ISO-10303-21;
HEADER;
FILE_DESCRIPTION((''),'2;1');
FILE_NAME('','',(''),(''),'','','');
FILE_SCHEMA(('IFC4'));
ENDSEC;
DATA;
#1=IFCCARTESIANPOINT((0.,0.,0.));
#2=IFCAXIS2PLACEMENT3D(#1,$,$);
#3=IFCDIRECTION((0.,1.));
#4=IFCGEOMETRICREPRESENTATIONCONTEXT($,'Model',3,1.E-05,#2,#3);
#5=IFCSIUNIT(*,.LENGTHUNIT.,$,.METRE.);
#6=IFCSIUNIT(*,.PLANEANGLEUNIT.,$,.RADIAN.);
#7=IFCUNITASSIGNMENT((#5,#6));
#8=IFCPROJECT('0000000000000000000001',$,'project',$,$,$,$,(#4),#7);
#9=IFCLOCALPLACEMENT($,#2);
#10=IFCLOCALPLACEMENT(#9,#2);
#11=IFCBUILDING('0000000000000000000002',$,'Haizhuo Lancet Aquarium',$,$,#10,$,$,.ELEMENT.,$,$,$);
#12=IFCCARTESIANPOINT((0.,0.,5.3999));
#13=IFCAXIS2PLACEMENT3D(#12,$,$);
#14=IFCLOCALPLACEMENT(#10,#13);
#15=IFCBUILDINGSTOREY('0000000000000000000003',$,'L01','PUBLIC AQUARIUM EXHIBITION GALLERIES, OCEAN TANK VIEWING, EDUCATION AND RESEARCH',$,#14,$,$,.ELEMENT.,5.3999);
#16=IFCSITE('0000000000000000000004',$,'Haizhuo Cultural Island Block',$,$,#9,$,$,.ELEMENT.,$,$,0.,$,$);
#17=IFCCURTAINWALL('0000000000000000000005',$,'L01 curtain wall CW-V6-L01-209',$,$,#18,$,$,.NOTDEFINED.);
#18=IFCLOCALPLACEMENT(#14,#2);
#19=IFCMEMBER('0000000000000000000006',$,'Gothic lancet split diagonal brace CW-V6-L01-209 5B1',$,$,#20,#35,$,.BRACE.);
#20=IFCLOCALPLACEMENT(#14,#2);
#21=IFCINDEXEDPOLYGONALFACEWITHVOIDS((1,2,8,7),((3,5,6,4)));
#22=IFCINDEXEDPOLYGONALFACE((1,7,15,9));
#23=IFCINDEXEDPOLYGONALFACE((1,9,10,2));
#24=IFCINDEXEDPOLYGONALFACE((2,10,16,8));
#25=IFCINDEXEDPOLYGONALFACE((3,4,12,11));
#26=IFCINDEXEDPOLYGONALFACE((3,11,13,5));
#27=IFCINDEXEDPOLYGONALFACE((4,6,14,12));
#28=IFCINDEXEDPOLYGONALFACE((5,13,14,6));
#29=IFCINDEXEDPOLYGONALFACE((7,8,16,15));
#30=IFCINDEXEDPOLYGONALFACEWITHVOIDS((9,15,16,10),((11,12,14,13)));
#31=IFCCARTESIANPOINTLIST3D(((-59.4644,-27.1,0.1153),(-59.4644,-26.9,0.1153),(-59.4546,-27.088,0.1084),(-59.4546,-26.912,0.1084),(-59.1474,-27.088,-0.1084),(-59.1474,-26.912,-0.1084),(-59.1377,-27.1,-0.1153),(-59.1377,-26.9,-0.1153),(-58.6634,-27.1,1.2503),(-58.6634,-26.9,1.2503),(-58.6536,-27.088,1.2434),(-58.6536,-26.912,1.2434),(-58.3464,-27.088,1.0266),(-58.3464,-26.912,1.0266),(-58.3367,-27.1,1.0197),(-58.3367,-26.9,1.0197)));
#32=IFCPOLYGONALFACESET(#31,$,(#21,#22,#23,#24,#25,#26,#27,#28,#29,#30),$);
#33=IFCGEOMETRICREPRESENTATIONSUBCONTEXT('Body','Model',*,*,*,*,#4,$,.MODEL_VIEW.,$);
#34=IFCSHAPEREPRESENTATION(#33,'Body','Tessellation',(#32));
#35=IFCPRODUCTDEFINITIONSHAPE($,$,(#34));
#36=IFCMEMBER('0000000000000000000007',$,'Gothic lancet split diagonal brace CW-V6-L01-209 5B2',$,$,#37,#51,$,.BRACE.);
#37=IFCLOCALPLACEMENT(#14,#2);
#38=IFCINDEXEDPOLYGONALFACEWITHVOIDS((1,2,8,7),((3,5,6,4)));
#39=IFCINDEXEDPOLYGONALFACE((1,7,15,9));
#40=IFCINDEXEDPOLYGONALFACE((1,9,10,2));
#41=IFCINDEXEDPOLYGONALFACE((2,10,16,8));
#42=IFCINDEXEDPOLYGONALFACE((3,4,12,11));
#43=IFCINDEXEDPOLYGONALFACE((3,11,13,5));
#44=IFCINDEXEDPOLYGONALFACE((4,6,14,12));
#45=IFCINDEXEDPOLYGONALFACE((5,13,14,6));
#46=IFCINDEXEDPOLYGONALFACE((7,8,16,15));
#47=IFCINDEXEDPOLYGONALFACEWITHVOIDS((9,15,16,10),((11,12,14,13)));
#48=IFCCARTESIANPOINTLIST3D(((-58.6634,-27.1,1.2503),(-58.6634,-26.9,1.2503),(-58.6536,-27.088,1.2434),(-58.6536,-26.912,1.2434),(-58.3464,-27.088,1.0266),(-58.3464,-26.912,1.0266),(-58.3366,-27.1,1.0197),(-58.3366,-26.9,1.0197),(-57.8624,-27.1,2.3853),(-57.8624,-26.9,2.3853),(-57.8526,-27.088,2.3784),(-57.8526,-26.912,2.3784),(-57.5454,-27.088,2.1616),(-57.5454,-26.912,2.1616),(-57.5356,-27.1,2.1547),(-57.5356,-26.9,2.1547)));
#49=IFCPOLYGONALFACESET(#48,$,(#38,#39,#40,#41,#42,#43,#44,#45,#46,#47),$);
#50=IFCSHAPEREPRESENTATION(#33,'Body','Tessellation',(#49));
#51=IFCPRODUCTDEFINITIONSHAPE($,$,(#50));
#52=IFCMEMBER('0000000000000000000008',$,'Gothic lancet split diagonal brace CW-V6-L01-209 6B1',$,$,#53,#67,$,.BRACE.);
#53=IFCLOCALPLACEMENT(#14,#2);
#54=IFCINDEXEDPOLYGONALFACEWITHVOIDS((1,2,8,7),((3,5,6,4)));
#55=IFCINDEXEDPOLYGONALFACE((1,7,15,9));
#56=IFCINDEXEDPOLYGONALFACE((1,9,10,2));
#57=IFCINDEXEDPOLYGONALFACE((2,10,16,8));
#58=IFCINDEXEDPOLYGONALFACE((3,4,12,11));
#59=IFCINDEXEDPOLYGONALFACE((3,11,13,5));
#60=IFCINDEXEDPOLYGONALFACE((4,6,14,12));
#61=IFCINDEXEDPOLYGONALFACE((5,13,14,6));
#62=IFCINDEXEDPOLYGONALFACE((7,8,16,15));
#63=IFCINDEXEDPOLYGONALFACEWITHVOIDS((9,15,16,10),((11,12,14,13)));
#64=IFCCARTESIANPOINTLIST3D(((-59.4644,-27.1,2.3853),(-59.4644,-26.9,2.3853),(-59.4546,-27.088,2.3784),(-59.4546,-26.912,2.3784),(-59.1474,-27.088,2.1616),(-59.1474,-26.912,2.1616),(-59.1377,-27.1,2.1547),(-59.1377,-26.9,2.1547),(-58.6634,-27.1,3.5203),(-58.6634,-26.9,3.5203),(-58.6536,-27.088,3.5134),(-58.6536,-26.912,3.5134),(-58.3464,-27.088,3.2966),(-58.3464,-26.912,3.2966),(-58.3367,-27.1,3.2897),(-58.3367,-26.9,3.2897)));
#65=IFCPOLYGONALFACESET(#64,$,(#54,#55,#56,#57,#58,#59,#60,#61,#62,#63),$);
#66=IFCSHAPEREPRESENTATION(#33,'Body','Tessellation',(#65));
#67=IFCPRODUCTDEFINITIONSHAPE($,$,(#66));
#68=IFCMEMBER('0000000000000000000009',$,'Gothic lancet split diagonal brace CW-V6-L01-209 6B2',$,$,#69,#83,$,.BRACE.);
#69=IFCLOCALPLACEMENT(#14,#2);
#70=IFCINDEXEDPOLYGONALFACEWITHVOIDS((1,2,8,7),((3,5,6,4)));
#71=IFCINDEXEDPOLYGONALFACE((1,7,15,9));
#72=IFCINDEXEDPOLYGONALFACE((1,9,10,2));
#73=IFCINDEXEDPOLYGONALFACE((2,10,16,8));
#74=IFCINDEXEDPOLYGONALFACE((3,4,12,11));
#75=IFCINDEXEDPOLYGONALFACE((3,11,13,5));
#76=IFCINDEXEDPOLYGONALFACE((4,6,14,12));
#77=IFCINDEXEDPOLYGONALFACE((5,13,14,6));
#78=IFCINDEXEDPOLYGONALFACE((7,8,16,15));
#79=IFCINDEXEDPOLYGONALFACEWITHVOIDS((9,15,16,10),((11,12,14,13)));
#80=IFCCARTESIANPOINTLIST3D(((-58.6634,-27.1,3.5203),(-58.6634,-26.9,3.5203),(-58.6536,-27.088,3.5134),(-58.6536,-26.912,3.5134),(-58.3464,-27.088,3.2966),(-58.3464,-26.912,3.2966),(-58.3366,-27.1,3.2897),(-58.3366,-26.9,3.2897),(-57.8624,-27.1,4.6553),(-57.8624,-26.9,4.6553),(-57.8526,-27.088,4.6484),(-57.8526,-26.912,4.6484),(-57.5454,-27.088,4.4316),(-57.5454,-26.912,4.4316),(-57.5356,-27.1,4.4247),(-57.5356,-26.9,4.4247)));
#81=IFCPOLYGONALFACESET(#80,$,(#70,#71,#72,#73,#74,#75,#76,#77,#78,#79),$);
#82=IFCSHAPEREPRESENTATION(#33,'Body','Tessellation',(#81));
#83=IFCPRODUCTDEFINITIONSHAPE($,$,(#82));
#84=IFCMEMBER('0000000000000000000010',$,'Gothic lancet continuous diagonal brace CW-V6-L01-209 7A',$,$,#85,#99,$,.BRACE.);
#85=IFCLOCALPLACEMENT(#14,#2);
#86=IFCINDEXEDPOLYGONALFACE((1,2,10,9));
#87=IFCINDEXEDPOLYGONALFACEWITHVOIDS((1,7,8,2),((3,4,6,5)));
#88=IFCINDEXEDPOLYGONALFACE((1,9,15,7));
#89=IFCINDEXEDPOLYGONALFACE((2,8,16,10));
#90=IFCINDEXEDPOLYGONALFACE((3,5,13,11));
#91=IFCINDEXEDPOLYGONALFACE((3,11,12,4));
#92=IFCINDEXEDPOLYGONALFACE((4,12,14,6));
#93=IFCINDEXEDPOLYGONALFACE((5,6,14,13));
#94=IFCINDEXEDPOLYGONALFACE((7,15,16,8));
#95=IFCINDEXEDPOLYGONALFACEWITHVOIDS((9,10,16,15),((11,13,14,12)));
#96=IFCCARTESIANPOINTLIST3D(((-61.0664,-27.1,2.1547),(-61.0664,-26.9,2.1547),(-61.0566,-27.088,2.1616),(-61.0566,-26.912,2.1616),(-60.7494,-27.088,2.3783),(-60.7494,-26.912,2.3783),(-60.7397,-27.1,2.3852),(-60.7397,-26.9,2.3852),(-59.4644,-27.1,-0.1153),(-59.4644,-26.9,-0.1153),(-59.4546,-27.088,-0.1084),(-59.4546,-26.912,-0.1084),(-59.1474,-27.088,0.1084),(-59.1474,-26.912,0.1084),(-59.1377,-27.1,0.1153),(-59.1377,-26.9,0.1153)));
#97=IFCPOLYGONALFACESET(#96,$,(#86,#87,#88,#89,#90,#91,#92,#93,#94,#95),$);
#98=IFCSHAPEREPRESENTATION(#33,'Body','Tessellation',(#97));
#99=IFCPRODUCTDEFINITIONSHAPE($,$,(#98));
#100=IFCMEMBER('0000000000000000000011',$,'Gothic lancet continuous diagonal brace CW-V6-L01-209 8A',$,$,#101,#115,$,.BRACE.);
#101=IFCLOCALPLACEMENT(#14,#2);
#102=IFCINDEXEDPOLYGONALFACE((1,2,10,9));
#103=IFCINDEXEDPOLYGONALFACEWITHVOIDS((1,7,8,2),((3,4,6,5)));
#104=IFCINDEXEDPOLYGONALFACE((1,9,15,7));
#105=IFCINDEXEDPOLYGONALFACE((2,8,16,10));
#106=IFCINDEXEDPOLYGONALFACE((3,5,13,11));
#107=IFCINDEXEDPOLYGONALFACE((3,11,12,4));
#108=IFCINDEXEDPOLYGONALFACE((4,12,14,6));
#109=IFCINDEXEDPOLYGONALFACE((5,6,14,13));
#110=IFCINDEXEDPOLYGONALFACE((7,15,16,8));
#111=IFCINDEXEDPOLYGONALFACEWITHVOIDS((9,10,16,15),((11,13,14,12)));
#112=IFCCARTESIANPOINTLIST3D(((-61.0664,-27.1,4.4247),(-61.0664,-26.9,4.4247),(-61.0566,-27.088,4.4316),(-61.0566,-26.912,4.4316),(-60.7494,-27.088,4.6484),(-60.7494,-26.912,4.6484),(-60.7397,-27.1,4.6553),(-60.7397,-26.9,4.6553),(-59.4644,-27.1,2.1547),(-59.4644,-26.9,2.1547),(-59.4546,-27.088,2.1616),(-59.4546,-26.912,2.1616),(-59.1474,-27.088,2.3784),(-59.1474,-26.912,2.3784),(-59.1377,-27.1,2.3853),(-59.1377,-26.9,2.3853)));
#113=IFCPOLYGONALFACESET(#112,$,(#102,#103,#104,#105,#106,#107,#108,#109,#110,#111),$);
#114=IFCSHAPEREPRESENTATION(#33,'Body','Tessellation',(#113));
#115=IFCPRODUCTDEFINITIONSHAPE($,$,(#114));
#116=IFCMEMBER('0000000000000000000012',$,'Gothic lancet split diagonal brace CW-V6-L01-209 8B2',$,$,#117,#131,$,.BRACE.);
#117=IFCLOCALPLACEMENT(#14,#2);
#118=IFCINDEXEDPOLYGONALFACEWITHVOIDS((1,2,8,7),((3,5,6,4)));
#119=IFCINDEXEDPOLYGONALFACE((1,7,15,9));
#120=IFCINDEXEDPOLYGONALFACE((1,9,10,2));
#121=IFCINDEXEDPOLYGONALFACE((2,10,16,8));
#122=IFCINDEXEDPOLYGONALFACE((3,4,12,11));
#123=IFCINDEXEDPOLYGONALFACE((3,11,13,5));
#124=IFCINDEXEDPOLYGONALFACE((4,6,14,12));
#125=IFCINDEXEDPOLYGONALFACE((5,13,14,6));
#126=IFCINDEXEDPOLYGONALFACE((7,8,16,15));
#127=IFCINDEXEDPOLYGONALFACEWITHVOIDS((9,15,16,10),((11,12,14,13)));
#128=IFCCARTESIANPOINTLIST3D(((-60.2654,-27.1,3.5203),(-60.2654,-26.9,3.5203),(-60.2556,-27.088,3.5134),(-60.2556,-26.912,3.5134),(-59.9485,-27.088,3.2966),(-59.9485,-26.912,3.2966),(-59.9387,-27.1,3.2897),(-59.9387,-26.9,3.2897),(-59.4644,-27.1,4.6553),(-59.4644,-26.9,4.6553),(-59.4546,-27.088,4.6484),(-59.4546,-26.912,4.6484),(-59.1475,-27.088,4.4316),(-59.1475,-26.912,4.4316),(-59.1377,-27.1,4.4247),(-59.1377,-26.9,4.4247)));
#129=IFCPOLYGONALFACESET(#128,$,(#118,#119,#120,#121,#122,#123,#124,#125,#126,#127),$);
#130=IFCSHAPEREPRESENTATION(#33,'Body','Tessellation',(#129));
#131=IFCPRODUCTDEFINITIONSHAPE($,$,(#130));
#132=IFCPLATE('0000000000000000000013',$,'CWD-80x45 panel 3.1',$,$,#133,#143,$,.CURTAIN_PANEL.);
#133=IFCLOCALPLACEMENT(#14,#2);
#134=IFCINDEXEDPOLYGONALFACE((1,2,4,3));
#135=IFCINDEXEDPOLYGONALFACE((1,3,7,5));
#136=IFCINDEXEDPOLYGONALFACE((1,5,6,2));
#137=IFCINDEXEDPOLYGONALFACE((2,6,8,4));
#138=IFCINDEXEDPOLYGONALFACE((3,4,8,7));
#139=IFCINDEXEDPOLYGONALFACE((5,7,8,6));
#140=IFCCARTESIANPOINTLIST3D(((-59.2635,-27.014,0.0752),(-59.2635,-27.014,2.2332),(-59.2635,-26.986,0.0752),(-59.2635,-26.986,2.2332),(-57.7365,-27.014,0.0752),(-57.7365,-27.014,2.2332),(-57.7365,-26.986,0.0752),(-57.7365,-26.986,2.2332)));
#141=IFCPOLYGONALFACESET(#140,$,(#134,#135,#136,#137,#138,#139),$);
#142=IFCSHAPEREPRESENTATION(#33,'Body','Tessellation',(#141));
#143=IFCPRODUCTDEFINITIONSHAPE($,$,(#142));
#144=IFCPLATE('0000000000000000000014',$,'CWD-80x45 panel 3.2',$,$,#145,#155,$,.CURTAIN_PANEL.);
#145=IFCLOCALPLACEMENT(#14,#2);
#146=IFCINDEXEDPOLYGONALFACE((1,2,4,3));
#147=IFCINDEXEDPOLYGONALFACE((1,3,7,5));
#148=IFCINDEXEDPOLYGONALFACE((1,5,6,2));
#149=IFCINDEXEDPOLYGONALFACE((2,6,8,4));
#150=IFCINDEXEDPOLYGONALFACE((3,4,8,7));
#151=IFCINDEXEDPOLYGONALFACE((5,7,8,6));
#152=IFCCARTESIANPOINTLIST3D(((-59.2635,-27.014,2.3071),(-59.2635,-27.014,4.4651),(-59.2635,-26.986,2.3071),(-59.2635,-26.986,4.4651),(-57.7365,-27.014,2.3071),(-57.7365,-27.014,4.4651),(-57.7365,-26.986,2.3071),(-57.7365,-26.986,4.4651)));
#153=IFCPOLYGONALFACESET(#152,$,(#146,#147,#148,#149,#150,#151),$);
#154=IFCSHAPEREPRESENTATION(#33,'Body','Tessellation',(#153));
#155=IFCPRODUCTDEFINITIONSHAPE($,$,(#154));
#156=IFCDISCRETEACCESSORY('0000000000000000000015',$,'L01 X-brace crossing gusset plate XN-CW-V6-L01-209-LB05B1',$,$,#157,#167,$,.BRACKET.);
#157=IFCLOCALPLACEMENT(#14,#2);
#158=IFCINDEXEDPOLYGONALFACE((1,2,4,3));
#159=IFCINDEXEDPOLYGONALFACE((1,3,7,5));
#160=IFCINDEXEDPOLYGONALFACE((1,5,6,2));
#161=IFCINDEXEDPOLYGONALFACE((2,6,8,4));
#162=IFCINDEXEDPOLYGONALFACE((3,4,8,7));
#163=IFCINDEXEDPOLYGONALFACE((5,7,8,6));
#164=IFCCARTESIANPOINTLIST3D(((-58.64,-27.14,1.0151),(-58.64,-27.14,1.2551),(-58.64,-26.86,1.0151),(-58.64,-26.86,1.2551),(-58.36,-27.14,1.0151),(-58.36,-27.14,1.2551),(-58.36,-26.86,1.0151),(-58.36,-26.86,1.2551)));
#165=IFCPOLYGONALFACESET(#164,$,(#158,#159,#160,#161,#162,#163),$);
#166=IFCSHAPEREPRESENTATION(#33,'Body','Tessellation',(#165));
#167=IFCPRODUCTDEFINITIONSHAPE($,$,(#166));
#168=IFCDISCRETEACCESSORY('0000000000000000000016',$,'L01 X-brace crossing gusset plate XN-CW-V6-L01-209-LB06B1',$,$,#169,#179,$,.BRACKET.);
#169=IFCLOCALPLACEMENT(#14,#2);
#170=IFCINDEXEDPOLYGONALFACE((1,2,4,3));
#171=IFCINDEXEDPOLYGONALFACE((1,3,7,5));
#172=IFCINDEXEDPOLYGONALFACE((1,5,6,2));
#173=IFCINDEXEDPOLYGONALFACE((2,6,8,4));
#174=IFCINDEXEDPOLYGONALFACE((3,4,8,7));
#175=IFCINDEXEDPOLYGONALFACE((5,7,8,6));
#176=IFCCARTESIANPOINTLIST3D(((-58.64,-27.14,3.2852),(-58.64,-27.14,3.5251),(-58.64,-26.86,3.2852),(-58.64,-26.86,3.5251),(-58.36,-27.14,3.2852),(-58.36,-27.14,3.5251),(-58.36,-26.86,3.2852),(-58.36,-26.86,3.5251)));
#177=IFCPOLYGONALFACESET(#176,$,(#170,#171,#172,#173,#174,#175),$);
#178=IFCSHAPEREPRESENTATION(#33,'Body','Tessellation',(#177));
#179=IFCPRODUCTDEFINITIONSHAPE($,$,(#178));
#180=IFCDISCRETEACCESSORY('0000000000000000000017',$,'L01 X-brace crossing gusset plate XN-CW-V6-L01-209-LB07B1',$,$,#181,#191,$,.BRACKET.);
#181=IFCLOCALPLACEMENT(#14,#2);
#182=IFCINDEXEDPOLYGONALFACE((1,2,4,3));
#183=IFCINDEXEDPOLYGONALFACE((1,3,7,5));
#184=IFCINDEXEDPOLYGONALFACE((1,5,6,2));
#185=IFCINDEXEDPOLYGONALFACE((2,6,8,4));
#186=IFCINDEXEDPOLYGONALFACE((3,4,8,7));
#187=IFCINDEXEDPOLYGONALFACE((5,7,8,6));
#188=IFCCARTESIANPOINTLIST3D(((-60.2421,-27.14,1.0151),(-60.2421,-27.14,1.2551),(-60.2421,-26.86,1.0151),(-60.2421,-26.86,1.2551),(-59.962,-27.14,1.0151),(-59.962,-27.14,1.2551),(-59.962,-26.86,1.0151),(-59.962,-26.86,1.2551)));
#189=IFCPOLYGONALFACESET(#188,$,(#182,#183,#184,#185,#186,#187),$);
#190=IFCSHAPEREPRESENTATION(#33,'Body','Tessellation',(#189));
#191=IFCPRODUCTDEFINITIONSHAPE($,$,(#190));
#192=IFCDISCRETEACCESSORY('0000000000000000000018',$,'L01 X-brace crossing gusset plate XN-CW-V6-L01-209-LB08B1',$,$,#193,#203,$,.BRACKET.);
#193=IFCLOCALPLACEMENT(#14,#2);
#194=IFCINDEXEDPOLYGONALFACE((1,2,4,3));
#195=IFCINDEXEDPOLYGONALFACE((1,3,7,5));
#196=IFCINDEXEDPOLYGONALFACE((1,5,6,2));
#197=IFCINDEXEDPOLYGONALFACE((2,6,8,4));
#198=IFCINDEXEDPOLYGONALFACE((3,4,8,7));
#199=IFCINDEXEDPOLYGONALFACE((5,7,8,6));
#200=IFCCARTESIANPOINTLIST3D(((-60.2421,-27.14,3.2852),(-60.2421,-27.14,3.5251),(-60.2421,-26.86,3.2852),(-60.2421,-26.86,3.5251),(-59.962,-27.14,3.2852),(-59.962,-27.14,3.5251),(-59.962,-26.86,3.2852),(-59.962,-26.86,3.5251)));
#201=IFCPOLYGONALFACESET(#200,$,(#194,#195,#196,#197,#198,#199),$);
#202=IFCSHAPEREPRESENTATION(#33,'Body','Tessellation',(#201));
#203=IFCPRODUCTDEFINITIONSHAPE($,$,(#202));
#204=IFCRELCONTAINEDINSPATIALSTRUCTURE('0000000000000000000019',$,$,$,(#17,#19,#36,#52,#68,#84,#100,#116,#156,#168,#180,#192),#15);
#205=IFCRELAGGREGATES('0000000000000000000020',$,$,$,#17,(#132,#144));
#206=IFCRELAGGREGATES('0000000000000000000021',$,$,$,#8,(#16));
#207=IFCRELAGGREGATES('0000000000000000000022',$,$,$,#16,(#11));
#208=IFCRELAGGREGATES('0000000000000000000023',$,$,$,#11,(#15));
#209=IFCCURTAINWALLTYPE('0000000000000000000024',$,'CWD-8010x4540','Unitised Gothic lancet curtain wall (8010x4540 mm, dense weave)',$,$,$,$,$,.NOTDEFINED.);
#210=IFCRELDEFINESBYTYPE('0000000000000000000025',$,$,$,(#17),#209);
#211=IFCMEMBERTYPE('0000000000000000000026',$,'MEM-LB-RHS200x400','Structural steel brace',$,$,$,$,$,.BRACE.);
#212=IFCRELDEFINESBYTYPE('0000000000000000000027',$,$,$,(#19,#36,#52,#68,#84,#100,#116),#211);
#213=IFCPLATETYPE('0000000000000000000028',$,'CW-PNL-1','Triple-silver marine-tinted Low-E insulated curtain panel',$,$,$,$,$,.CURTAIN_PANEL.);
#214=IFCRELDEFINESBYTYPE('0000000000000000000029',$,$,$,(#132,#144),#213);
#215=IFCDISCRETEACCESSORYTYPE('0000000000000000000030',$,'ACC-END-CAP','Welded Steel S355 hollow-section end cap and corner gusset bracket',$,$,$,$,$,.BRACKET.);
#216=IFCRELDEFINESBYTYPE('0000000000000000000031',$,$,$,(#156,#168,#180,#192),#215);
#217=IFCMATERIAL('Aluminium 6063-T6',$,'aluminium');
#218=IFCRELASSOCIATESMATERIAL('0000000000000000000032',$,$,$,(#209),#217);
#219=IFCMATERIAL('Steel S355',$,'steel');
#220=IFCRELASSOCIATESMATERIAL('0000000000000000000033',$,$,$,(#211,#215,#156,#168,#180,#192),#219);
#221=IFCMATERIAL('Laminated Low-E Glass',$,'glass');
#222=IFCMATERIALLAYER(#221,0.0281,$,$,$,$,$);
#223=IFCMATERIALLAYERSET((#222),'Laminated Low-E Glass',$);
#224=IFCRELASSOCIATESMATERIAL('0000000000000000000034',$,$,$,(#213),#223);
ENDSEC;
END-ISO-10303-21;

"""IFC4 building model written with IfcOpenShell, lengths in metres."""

from ifc_helpers import new_model, si_unit, direction, frame, origin, origin_2d, place, context, subcontext, project, spatial, rectangle, hollow_rectangle, extrude, material, layer, layer_set, material_profile, profile_set, type_object, element, aggregate, save


model = new_model("IFC4")

# Units and contexts
model_context = context("Model", 3, precision=1e-05, world=origin(), true_north=direction((0.0, 1.0)))
body_context = subcontext(model_context, "Body", "Model", "MODEL_VIEW")
ifc_project = project(units=[si_unit("LENGTHUNIT", "METRE"), si_unit("PLANEANGLEUNIT", "RADIAN")], contexts=[model_context])

# Site, building, storey
site_placement = place(None, origin())
site = spatial("IfcSite", under=ifc_project, at=site_placement, Name="Haizhuo Cultural Island Block", CompositionType="ELEMENT", RefElevation=0.0)
building_placement = place(site_placement, origin())
building = spatial("IfcBuilding", under=site, at=building_placement, Name="Haizhuo Lancet Aquarium", CompositionType="ELEMENT")
storey_placement = place(building_placement, frame((0.0, 0.0, 5.3999)))
storey = spatial("IfcBuildingStorey", under=building, at=storey_placement, Name="L01", Description="PUBLIC AQUARIUM EXHIBITION GALLERIES, OCEAN TANK VIEWING, EDUCATION AND RESEARCH", CompositionType="ELEMENT", Elevation=5.3999)

# Curtain wall
ifc_material_1 = material(Name="Aluminium 6063-T6", Category="aluminium")
curtain_wall_type = type_object("IfcCurtainWallType", Name="CWD-8010x4540", Description="Unitised Gothic lancet curtain wall (8010x4540 mm, dense weave)", PredefinedType="NOTDEFINED", material=ifc_material_1)
curtain_wall_placement = place(storey_placement, origin())
curtain_wall = element("IfcCurtainWall", 1, at=curtain_wall_placement, inside=storey, type_object=curtain_wall_type, Name="L01 curtain wall CW-V6-L01-209", PredefinedType="NOTDEFINED")

# Members
ifc_material_2 = material(Name="Steel S355", Category="steel")
ifc_material_profile_1 = material_profile(ifc_material_2, hollow_rectangle(XDim=0.2, YDim=0.3999, WallThickness=0.012, at=origin_2d()), Name="RHS 200x400x12")
ifc_profile_set_1 = profile_set([ifc_material_profile_1], Name="Steel S355")
member_type_1 = type_object("IfcMemberType", Name="MEM-LB-RHS200x400", Description="Structural steel brace", PredefinedType="BRACE", material=ifc_profile_set_1)
for number, where, z_axis, x_axis, name in (
    (2, (-59.301, -27.0, 0.0), (0.576607, 0.0, 0.817021), (0.0, 1.0, 0.0), "Gothic lancet split diagonal brace CW-V6-L01-209 5B1"),
    (3, (-58.5, -27.0, 1.135), (0.576607, 0.0, 0.817021), (0.0, 1.0, 0.0), "Gothic lancet split diagonal brace CW-V6-L01-209 5B2"),
    (4, (-59.301, -27.0, 2.27), (0.576607, 0.0, 0.817021), (0.0, 1.0, 0.0), "Gothic lancet split diagonal brace CW-V6-L01-209 6B1"),
    (5, (-58.5, -27.0, 3.405), (0.576607, 0.0, 0.817021), (0.0, 1.0, 0.0), "Gothic lancet split diagonal brace CW-V6-L01-209 6B2"),
):
    element("IfcMember", number, at=place(storey_placement, frame(where, z_axis=z_axis, x_axis=x_axis)), inside=storey, type_object=member_type_1, Name=name, PredefinedType="BRACE", context=body_context, shape_type="SweptSolid", body=[
        extrude(hollow_rectangle(XDim=0.2, YDim=0.3999, WallThickness=0.012, at=origin_2d()), origin(), (0.0, 0.0, 1.0), 1.3892),
    ])
for number, where, z_axis, x_axis, name in (
    (6, (-59.301, -27.0, 0.0), (-0.576607, 0.0, 0.817021), (0.0, -1.0, 0.0), "Gothic lancet continuous diagonal brace CW-V6-L01-209 7A"),
    (7, (-59.301, -27.0, 2.27), (-0.576607, 0.0, 0.817021), (0.0, -1.0, 0.0), "Gothic lancet continuous diagonal brace CW-V6-L01-209 8A"),
):
    element("IfcMember", number, at=place(storey_placement, frame(where, z_axis=z_axis, x_axis=x_axis)), inside=storey, type_object=member_type_1, Name=name, PredefinedType="BRACE", context=body_context, shape_type="SweptSolid", body=[
        extrude(hollow_rectangle(XDim=0.2, YDim=0.3999, WallThickness=0.012, at=origin_2d()), origin(), (0.0, 0.0, 1.0), 2.7783),
    ])
member_1_placement = place(storey_placement, frame((-60.1021, -27.0, 3.405), z_axis=(0.576607, 0.0, 0.817021), x_axis=(0.0, 1.0, 0.0)))
element("IfcMember", 8, at=member_1_placement, inside=storey, type_object=member_type_1, Name="Gothic lancet split diagonal brace CW-V6-L01-209 8B2", PredefinedType="BRACE", context=body_context, shape_type="SweptSolid", body=[
    extrude(hollow_rectangle(XDim=0.2, YDim=0.3999, WallThickness=0.012, at=origin_2d()), origin(), (0.0, 0.0, 1.0), 1.3892),
])

# Plates
ifc_material_3 = material(Name="Laminated Low-E Glass", Category="glass")
ifc_layer = layer(ifc_material_3, 0.0281)
ifc_layer_set = layer_set([ifc_layer], Name="Laminated Low-E Glass")
plate_type = type_object("IfcPlateType", Name="CW-PNL-1", Description="Triple-silver marine-tinted Low-E insulated curtain panel", PredefinedType="CURTAIN_PANEL", material=ifc_layer_set)
plate_1_placement = place(storey_placement, frame((-58.5, -27.0, 0.0752), z_axis=(0.0, 0.0, 1.0), x_axis=(-1.0, 0.0, 0.0)))
plate_1 = element("IfcPlate", 9, at=plate_1_placement, type_object=plate_type, Name="CWD-80x45 panel 3.1", PredefinedType="CURTAIN_PANEL", context=body_context, shape_type="SweptSolid", body=[
    extrude(rectangle(XDim=1.5271, YDim=0.0281, at=origin_2d()), origin(), (0.0, 0.0, 1.0), 2.158),
])
plate_2_placement = place(storey_placement, frame((-58.5, -27.0, 2.3071), z_axis=(0.0, 0.0, 1.0), x_axis=(-1.0, 0.0, 0.0)))
plate_2 = element("IfcPlate", 10, at=plate_2_placement, type_object=plate_type, Name="CWD-80x45 panel 3.2", PredefinedType="CURTAIN_PANEL", context=body_context, shape_type="SweptSolid", body=[
    extrude(rectangle(XDim=1.5271, YDim=0.0281, at=origin_2d()), origin(), (0.0, 0.0, 1.0), 2.158),
])
aggregate(curtain_wall, [plate_1, plate_2])

# Discrete accessories
discrete_accessory_type = type_object("IfcDiscreteAccessoryType", Name="ACC-END-CAP", Description="Welded Steel S355 hollow-section end cap and corner gusset bracket", PredefinedType="BRACKET", material=ifc_material_2)
for number, where, z_axis, x_axis, name in (
    (11, (-58.5, -27.0, 1.0151), (0.0, 0.0, 1.0), (1.0, 0.0, 0.0), "L01 X-brace crossing gusset plate XN-CW-V6-L01-209-LB05B1"),
    (12, (-58.5, -27.0, 3.2852), (0.0, 0.0, 1.0), (1.0, 0.0, 0.0), "L01 X-brace crossing gusset plate XN-CW-V6-L01-209-LB06B1"),
    (13, (-60.1021, -27.0, 1.0151), (0.0, 0.0, 1.0), (1.0, 0.0, 0.0), "L01 X-brace crossing gusset plate XN-CW-V6-L01-209-LB07B1"),
    (14, (-60.1021, -27.0, 3.2852), (0.0, 0.0, 1.0), (1.0, 0.0, 0.0), "L01 X-brace crossing gusset plate XN-CW-V6-L01-209-LB08B1"),
):
    element("IfcDiscreteAccessory", number, at=place(storey_placement, frame(where, z_axis=z_axis, x_axis=x_axis)), inside=storey, type_object=discrete_accessory_type, material=ifc_material_2, Name=name, PredefinedType="BRACKET", context=body_context, shape_type="SweptSolid", body=[
        extrude(rectangle(XDim=0.28, YDim=0.28, at=origin_2d()), origin(), (0.0, 0.0, 1.0), 0.24),
    ])

save(model, "model.ifc")
